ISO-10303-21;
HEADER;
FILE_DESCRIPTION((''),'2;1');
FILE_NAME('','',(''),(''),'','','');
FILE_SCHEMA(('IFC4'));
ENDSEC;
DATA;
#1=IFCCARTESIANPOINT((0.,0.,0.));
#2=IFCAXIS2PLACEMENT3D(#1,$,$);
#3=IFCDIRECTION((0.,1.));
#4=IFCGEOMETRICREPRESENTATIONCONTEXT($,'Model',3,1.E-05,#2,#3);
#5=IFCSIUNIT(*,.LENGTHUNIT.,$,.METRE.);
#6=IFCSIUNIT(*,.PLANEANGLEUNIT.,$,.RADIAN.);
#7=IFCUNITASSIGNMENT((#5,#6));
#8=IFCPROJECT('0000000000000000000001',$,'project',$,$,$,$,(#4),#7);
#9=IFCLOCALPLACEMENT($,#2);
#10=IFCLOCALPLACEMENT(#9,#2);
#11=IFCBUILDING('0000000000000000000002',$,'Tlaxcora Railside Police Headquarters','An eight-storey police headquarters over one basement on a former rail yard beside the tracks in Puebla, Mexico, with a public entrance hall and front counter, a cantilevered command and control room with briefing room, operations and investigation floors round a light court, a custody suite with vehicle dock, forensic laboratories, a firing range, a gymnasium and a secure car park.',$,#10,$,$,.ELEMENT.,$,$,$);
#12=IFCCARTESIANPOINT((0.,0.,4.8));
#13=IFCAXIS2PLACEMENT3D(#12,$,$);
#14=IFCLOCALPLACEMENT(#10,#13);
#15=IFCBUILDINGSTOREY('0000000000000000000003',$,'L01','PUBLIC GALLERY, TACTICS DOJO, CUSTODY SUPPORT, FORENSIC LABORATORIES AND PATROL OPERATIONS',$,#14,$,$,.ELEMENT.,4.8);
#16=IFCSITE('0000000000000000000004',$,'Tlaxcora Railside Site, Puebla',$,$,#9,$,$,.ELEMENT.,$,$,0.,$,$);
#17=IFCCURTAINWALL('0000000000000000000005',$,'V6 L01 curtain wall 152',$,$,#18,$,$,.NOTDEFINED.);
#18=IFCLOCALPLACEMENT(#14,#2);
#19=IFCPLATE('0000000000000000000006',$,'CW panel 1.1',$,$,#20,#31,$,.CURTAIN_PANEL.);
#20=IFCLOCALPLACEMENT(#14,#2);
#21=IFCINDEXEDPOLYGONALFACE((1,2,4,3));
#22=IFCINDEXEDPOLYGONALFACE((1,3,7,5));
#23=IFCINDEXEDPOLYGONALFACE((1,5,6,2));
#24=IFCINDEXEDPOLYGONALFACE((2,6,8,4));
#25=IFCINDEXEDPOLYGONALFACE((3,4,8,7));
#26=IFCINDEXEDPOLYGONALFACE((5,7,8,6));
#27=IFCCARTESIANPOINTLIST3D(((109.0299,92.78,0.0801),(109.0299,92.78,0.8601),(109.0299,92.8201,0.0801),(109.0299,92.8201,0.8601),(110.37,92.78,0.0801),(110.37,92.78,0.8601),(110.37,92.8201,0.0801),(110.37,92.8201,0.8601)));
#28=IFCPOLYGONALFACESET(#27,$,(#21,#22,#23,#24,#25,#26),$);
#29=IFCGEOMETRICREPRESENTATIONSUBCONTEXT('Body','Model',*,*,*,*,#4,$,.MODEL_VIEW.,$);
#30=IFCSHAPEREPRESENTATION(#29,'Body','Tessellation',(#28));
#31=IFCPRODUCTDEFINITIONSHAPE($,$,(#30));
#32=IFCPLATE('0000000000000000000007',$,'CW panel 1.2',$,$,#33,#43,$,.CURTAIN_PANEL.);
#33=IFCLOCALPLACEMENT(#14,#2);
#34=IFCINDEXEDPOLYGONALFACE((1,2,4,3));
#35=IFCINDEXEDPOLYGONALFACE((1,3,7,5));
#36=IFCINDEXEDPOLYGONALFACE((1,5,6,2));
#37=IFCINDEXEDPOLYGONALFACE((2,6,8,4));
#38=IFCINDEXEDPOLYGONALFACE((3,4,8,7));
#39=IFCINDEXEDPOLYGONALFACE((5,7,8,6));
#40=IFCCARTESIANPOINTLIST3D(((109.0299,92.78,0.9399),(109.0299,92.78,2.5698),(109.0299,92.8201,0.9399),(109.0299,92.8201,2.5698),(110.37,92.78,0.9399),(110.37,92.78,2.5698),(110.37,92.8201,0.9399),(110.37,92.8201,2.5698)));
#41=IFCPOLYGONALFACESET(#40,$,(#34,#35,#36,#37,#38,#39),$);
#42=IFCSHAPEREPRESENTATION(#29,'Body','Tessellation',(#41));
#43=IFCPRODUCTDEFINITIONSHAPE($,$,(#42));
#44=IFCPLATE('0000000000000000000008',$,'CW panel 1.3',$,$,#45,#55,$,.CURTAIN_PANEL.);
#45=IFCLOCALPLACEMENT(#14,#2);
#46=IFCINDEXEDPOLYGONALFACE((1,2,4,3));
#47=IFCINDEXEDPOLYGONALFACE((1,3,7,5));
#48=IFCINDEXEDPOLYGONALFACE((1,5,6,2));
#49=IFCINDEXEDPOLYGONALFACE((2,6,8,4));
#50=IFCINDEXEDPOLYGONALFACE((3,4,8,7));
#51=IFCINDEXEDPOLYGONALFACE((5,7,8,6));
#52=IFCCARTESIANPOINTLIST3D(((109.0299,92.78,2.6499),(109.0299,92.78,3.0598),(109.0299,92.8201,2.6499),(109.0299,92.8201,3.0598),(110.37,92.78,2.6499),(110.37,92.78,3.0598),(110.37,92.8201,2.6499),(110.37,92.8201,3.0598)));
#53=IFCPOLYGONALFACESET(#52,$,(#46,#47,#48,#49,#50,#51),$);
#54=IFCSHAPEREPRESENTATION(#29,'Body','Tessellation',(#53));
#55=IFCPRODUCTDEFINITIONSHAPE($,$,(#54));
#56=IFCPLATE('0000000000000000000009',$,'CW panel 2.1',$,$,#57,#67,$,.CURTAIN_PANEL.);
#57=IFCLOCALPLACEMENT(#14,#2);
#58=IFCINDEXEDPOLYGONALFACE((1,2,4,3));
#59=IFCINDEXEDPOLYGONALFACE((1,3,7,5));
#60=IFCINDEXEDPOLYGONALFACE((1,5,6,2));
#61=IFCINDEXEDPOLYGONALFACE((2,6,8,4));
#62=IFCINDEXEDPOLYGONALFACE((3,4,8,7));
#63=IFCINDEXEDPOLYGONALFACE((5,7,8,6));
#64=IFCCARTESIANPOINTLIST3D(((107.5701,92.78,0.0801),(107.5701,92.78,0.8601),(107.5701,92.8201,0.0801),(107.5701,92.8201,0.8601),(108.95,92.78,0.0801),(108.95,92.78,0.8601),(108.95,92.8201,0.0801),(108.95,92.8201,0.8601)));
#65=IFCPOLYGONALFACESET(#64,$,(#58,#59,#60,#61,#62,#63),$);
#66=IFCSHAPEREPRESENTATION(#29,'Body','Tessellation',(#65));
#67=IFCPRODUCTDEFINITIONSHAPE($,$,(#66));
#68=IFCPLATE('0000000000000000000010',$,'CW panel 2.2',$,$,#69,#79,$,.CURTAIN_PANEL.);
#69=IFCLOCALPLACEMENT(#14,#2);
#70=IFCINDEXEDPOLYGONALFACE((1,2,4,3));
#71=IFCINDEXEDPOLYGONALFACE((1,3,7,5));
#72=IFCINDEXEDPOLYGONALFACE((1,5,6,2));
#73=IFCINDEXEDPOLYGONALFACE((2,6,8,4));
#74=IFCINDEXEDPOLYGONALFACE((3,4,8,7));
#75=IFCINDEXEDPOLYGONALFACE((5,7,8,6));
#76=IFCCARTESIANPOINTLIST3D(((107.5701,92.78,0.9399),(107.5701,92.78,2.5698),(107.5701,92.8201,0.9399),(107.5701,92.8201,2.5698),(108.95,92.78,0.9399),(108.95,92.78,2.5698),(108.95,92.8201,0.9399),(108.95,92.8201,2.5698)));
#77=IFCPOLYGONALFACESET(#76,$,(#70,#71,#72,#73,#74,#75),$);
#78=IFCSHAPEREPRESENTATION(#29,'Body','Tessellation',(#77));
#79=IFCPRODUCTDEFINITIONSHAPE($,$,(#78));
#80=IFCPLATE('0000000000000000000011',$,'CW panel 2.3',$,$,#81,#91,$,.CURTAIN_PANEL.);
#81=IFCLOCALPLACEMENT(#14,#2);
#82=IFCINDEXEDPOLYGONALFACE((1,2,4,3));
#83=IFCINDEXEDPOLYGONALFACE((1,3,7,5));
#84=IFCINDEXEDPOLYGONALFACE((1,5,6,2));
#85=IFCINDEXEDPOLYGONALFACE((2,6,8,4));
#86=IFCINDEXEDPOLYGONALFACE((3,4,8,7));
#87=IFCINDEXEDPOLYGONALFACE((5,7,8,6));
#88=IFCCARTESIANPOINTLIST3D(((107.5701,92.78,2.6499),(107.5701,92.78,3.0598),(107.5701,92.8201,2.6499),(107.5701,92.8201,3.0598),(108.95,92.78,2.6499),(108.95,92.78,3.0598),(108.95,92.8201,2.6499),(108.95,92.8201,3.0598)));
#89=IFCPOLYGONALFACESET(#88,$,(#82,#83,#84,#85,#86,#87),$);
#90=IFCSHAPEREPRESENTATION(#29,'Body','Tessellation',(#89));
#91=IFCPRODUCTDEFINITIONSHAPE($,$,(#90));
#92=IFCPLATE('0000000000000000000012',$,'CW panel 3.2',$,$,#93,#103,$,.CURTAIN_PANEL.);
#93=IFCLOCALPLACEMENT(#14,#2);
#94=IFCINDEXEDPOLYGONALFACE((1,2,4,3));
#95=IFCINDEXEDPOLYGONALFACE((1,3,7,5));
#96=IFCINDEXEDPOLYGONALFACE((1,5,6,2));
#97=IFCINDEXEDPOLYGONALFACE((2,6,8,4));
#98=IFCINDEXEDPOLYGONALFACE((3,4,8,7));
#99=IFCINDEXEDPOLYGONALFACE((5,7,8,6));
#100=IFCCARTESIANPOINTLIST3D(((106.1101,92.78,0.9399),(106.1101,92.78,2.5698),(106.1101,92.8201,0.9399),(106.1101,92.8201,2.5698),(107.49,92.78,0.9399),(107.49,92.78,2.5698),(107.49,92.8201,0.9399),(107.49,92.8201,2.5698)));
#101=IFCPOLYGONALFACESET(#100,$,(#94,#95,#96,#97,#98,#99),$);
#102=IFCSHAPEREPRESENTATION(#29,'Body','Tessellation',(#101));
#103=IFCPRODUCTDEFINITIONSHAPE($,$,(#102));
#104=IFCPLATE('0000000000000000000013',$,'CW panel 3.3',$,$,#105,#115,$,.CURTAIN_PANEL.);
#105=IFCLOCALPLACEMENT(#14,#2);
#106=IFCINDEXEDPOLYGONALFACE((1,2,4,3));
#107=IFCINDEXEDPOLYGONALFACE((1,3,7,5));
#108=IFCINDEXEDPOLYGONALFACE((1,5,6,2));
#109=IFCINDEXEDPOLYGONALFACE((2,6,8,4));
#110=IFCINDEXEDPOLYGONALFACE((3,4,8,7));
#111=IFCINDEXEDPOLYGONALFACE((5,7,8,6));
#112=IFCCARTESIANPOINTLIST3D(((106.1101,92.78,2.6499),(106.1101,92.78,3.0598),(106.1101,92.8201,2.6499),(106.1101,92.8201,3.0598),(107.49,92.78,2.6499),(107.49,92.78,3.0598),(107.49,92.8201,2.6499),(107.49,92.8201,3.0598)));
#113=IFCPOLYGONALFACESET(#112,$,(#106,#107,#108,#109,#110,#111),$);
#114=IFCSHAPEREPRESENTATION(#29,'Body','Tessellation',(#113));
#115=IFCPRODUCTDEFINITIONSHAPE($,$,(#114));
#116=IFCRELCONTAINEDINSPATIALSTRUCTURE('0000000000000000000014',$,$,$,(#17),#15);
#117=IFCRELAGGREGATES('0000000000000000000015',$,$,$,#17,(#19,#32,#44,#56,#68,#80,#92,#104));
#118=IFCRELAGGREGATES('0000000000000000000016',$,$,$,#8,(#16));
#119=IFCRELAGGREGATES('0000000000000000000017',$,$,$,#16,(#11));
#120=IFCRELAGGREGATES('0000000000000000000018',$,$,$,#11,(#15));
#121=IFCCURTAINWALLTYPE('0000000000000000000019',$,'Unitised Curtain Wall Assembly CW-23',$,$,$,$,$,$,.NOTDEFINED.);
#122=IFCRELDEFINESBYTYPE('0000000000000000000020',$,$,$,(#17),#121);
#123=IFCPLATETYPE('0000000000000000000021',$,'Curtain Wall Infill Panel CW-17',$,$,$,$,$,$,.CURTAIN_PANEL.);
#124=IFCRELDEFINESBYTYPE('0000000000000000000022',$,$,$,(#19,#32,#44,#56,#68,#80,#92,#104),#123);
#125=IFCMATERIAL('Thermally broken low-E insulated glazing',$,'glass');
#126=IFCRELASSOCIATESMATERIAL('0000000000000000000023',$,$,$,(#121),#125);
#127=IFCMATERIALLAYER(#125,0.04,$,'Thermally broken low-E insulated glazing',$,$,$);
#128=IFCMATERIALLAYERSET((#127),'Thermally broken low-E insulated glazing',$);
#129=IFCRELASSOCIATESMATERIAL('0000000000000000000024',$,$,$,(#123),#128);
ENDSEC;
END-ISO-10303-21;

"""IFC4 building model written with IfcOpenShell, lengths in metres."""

from ifc_helpers import new_model, si_unit, direction, frame, origin, origin_2d, place, context, subcontext, project, spatial, rectangle, extrude, material, layer, layer_set, type_object, element, aggregate, save


model = new_model("IFC4")

# Units and contexts
model_context = context("Model", 3, precision=1e-05, world=origin(), true_north=direction((0.0, 1.0)))
body_context = subcontext(model_context, "Body", "Model", "MODEL_VIEW")
ifc_project = project(units=[si_unit("LENGTHUNIT", "METRE"), si_unit("PLANEANGLEUNIT", "RADIAN")], contexts=[model_context])

# Site, building, storey
site_placement = place(None, origin())
site = spatial("IfcSite", under=ifc_project, at=site_placement, Name="Tlaxcora Railside Site, Puebla", CompositionType="ELEMENT", RefElevation=0.0)
building_placement = place(site_placement, origin())
building = spatial("IfcBuilding", under=site, at=building_placement, Name="Tlaxcora Railside Police Headquarters", Description="An eight-storey police headquarters over one basement on a former rail yard beside the tracks in Puebla, Mexico, with a public entrance hall and front counter, a cantilevered command and control room with briefing room, operations and investigation floors round a light court, a custody suite with vehicle dock, forensic laboratories, a firing range, a gymnasium and a secure car park.", CompositionType="ELEMENT")
storey_placement = place(building_placement, frame((0.0, 0.0, 4.8)))
storey = spatial("IfcBuildingStorey", under=building, at=storey_placement, Name="L01", Description="PUBLIC GALLERY, TACTICS DOJO, CUSTODY SUPPORT, FORENSIC LABORATORIES AND PATROL OPERATIONS", CompositionType="ELEMENT", Elevation=4.8)

# Curtain wall, plates
ifc_material_1 = material(Name="Thermally broken low-E insulated glazing", Category="glass")
curtain_wall_type = type_object("IfcCurtainWallType", Name="Unitised Curtain Wall Assembly CW-23", PredefinedType="NOTDEFINED", material=ifc_material_1)
curtain_wall_placement = place(storey_placement, origin())
curtain_wall = element("IfcCurtainWall", 1, at=curtain_wall_placement, inside=storey, type_object=curtain_wall_type, Name="V6 L01 curtain wall 152", PredefinedType="NOTDEFINED")
ifc_layer = layer(ifc_material_1, 0.04, Name="Thermally broken low-E insulated glazing")
ifc_layer_set = layer_set([ifc_layer], Name="Thermally broken low-E insulated glazing")
plate_type = type_object("IfcPlateType", Name="Curtain Wall Infill Panel CW-17", PredefinedType="CURTAIN_PANEL", material=ifc_layer_set)
plate_1_placement = place(storey_placement, frame((109.7, 92.8, 0.0801), z_axis=(0.0, 0.0, 1.0), x_axis=(-1.0, 0.0, 0.0)))
plate_1 = element("IfcPlate", 2, at=plate_1_placement, type_object=plate_type, Name="CW panel 1.1", PredefinedType="CURTAIN_PANEL", context=body_context, shape_type="SweptSolid", body=[
    extrude(rectangle(XDim=1.3401, YDim=0.04, at=origin_2d()), origin(), (0.0, 0.0, 1.0), 0.78),
])
plate_2_placement = place(storey_placement, frame((109.7, 92.8, 0.9399), z_axis=(0.0, 0.0, 1.0), x_axis=(-1.0, 0.0, 0.0)))
plate_2 = element("IfcPlate", 3, at=plate_2_placement, type_object=plate_type, Name="CW panel 1.2", PredefinedType="CURTAIN_PANEL", context=body_context, shape_type="SweptSolid", body=[
    extrude(rectangle(XDim=1.3401, YDim=0.04, at=origin_2d()), origin(), (0.0, 0.0, 1.0), 1.6299),
])
plate_3_placement = place(storey_placement, frame((109.7, 92.8, 2.6499), z_axis=(0.0, 0.0, 1.0), x_axis=(-1.0, 0.0, 0.0)))
plate_3 = element("IfcPlate", 4, at=plate_3_placement, type_object=plate_type, Name="CW panel 1.3", PredefinedType="CURTAIN_PANEL", context=body_context, shape_type="SweptSolid", body=[
    extrude(rectangle(XDim=1.3401, YDim=0.04, at=origin_2d()), origin(), (0.0, 0.0, 1.0), 0.4099),
])
plate_4_placement = place(storey_placement, frame((108.26, 92.8, 0.0801), z_axis=(0.0, 0.0, 1.0), x_axis=(-1.0, 0.0, 0.0)))
plate_4 = element("IfcPlate", 5, at=plate_4_placement, type_object=plate_type, Name="CW panel 2.1", PredefinedType="CURTAIN_PANEL", context=body_context, shape_type="SweptSolid", body=[
    extrude(rectangle(XDim=1.3799, YDim=0.04, at=origin_2d()), origin(), (0.0, 0.0, 1.0), 0.78),
])
plate_5_placement = place(storey_placement, frame((108.26, 92.8, 0.9399), z_axis=(0.0, 0.0, 1.0), x_axis=(-1.0, 0.0, 0.0)))
plate_5 = element("IfcPlate", 6, at=plate_5_placement, type_object=plate_type, Name="CW panel 2.2", PredefinedType="CURTAIN_PANEL", context=body_context, shape_type="SweptSolid", body=[
    extrude(rectangle(XDim=1.3799, YDim=0.04, at=origin_2d()), origin(), (0.0, 0.0, 1.0), 1.6299),
])
plate_6_placement = place(storey_placement, frame((108.26, 92.8, 2.6499), z_axis=(0.0, 0.0, 1.0), x_axis=(-1.0, 0.0, 0.0)))
plate_6 = element("IfcPlate", 7, at=plate_6_placement, type_object=plate_type, Name="CW panel 2.3", PredefinedType="CURTAIN_PANEL", context=body_context, shape_type="SweptSolid", body=[
    extrude(rectangle(XDim=1.3799, YDim=0.04, at=origin_2d()), origin(), (0.0, 0.0, 1.0), 0.4099),
])
plate_7_placement = place(storey_placement, frame((106.8, 92.8, 0.9399), z_axis=(0.0, 0.0, 1.0), x_axis=(-1.0, 0.0, 0.0)))
plate_7 = element("IfcPlate", 8, at=plate_7_placement, type_object=plate_type, Name="CW panel 3.2", PredefinedType="CURTAIN_PANEL", context=body_context, shape_type="SweptSolid", body=[
    extrude(rectangle(XDim=1.3799, YDim=0.04, at=origin_2d()), origin(), (0.0, 0.0, 1.0), 1.6299),
])
plate_8_placement = place(storey_placement, frame((106.8, 92.8, 2.6499), z_axis=(0.0, 0.0, 1.0), x_axis=(-1.0, 0.0, 0.0)))
plate_8 = element("IfcPlate", 9, at=plate_8_placement, type_object=plate_type, Name="CW panel 3.3", PredefinedType="CURTAIN_PANEL", context=body_context, shape_type="SweptSolid", body=[
    extrude(rectangle(XDim=1.3799, YDim=0.04, at=origin_2d()), origin(), (0.0, 0.0, 1.0), 0.4099),
])
aggregate(curtain_wall, [plate_1, plate_2, plate_3, plate_4, plate_5, plate_6, plate_7, plate_8])

save(model, "model.ifc")
